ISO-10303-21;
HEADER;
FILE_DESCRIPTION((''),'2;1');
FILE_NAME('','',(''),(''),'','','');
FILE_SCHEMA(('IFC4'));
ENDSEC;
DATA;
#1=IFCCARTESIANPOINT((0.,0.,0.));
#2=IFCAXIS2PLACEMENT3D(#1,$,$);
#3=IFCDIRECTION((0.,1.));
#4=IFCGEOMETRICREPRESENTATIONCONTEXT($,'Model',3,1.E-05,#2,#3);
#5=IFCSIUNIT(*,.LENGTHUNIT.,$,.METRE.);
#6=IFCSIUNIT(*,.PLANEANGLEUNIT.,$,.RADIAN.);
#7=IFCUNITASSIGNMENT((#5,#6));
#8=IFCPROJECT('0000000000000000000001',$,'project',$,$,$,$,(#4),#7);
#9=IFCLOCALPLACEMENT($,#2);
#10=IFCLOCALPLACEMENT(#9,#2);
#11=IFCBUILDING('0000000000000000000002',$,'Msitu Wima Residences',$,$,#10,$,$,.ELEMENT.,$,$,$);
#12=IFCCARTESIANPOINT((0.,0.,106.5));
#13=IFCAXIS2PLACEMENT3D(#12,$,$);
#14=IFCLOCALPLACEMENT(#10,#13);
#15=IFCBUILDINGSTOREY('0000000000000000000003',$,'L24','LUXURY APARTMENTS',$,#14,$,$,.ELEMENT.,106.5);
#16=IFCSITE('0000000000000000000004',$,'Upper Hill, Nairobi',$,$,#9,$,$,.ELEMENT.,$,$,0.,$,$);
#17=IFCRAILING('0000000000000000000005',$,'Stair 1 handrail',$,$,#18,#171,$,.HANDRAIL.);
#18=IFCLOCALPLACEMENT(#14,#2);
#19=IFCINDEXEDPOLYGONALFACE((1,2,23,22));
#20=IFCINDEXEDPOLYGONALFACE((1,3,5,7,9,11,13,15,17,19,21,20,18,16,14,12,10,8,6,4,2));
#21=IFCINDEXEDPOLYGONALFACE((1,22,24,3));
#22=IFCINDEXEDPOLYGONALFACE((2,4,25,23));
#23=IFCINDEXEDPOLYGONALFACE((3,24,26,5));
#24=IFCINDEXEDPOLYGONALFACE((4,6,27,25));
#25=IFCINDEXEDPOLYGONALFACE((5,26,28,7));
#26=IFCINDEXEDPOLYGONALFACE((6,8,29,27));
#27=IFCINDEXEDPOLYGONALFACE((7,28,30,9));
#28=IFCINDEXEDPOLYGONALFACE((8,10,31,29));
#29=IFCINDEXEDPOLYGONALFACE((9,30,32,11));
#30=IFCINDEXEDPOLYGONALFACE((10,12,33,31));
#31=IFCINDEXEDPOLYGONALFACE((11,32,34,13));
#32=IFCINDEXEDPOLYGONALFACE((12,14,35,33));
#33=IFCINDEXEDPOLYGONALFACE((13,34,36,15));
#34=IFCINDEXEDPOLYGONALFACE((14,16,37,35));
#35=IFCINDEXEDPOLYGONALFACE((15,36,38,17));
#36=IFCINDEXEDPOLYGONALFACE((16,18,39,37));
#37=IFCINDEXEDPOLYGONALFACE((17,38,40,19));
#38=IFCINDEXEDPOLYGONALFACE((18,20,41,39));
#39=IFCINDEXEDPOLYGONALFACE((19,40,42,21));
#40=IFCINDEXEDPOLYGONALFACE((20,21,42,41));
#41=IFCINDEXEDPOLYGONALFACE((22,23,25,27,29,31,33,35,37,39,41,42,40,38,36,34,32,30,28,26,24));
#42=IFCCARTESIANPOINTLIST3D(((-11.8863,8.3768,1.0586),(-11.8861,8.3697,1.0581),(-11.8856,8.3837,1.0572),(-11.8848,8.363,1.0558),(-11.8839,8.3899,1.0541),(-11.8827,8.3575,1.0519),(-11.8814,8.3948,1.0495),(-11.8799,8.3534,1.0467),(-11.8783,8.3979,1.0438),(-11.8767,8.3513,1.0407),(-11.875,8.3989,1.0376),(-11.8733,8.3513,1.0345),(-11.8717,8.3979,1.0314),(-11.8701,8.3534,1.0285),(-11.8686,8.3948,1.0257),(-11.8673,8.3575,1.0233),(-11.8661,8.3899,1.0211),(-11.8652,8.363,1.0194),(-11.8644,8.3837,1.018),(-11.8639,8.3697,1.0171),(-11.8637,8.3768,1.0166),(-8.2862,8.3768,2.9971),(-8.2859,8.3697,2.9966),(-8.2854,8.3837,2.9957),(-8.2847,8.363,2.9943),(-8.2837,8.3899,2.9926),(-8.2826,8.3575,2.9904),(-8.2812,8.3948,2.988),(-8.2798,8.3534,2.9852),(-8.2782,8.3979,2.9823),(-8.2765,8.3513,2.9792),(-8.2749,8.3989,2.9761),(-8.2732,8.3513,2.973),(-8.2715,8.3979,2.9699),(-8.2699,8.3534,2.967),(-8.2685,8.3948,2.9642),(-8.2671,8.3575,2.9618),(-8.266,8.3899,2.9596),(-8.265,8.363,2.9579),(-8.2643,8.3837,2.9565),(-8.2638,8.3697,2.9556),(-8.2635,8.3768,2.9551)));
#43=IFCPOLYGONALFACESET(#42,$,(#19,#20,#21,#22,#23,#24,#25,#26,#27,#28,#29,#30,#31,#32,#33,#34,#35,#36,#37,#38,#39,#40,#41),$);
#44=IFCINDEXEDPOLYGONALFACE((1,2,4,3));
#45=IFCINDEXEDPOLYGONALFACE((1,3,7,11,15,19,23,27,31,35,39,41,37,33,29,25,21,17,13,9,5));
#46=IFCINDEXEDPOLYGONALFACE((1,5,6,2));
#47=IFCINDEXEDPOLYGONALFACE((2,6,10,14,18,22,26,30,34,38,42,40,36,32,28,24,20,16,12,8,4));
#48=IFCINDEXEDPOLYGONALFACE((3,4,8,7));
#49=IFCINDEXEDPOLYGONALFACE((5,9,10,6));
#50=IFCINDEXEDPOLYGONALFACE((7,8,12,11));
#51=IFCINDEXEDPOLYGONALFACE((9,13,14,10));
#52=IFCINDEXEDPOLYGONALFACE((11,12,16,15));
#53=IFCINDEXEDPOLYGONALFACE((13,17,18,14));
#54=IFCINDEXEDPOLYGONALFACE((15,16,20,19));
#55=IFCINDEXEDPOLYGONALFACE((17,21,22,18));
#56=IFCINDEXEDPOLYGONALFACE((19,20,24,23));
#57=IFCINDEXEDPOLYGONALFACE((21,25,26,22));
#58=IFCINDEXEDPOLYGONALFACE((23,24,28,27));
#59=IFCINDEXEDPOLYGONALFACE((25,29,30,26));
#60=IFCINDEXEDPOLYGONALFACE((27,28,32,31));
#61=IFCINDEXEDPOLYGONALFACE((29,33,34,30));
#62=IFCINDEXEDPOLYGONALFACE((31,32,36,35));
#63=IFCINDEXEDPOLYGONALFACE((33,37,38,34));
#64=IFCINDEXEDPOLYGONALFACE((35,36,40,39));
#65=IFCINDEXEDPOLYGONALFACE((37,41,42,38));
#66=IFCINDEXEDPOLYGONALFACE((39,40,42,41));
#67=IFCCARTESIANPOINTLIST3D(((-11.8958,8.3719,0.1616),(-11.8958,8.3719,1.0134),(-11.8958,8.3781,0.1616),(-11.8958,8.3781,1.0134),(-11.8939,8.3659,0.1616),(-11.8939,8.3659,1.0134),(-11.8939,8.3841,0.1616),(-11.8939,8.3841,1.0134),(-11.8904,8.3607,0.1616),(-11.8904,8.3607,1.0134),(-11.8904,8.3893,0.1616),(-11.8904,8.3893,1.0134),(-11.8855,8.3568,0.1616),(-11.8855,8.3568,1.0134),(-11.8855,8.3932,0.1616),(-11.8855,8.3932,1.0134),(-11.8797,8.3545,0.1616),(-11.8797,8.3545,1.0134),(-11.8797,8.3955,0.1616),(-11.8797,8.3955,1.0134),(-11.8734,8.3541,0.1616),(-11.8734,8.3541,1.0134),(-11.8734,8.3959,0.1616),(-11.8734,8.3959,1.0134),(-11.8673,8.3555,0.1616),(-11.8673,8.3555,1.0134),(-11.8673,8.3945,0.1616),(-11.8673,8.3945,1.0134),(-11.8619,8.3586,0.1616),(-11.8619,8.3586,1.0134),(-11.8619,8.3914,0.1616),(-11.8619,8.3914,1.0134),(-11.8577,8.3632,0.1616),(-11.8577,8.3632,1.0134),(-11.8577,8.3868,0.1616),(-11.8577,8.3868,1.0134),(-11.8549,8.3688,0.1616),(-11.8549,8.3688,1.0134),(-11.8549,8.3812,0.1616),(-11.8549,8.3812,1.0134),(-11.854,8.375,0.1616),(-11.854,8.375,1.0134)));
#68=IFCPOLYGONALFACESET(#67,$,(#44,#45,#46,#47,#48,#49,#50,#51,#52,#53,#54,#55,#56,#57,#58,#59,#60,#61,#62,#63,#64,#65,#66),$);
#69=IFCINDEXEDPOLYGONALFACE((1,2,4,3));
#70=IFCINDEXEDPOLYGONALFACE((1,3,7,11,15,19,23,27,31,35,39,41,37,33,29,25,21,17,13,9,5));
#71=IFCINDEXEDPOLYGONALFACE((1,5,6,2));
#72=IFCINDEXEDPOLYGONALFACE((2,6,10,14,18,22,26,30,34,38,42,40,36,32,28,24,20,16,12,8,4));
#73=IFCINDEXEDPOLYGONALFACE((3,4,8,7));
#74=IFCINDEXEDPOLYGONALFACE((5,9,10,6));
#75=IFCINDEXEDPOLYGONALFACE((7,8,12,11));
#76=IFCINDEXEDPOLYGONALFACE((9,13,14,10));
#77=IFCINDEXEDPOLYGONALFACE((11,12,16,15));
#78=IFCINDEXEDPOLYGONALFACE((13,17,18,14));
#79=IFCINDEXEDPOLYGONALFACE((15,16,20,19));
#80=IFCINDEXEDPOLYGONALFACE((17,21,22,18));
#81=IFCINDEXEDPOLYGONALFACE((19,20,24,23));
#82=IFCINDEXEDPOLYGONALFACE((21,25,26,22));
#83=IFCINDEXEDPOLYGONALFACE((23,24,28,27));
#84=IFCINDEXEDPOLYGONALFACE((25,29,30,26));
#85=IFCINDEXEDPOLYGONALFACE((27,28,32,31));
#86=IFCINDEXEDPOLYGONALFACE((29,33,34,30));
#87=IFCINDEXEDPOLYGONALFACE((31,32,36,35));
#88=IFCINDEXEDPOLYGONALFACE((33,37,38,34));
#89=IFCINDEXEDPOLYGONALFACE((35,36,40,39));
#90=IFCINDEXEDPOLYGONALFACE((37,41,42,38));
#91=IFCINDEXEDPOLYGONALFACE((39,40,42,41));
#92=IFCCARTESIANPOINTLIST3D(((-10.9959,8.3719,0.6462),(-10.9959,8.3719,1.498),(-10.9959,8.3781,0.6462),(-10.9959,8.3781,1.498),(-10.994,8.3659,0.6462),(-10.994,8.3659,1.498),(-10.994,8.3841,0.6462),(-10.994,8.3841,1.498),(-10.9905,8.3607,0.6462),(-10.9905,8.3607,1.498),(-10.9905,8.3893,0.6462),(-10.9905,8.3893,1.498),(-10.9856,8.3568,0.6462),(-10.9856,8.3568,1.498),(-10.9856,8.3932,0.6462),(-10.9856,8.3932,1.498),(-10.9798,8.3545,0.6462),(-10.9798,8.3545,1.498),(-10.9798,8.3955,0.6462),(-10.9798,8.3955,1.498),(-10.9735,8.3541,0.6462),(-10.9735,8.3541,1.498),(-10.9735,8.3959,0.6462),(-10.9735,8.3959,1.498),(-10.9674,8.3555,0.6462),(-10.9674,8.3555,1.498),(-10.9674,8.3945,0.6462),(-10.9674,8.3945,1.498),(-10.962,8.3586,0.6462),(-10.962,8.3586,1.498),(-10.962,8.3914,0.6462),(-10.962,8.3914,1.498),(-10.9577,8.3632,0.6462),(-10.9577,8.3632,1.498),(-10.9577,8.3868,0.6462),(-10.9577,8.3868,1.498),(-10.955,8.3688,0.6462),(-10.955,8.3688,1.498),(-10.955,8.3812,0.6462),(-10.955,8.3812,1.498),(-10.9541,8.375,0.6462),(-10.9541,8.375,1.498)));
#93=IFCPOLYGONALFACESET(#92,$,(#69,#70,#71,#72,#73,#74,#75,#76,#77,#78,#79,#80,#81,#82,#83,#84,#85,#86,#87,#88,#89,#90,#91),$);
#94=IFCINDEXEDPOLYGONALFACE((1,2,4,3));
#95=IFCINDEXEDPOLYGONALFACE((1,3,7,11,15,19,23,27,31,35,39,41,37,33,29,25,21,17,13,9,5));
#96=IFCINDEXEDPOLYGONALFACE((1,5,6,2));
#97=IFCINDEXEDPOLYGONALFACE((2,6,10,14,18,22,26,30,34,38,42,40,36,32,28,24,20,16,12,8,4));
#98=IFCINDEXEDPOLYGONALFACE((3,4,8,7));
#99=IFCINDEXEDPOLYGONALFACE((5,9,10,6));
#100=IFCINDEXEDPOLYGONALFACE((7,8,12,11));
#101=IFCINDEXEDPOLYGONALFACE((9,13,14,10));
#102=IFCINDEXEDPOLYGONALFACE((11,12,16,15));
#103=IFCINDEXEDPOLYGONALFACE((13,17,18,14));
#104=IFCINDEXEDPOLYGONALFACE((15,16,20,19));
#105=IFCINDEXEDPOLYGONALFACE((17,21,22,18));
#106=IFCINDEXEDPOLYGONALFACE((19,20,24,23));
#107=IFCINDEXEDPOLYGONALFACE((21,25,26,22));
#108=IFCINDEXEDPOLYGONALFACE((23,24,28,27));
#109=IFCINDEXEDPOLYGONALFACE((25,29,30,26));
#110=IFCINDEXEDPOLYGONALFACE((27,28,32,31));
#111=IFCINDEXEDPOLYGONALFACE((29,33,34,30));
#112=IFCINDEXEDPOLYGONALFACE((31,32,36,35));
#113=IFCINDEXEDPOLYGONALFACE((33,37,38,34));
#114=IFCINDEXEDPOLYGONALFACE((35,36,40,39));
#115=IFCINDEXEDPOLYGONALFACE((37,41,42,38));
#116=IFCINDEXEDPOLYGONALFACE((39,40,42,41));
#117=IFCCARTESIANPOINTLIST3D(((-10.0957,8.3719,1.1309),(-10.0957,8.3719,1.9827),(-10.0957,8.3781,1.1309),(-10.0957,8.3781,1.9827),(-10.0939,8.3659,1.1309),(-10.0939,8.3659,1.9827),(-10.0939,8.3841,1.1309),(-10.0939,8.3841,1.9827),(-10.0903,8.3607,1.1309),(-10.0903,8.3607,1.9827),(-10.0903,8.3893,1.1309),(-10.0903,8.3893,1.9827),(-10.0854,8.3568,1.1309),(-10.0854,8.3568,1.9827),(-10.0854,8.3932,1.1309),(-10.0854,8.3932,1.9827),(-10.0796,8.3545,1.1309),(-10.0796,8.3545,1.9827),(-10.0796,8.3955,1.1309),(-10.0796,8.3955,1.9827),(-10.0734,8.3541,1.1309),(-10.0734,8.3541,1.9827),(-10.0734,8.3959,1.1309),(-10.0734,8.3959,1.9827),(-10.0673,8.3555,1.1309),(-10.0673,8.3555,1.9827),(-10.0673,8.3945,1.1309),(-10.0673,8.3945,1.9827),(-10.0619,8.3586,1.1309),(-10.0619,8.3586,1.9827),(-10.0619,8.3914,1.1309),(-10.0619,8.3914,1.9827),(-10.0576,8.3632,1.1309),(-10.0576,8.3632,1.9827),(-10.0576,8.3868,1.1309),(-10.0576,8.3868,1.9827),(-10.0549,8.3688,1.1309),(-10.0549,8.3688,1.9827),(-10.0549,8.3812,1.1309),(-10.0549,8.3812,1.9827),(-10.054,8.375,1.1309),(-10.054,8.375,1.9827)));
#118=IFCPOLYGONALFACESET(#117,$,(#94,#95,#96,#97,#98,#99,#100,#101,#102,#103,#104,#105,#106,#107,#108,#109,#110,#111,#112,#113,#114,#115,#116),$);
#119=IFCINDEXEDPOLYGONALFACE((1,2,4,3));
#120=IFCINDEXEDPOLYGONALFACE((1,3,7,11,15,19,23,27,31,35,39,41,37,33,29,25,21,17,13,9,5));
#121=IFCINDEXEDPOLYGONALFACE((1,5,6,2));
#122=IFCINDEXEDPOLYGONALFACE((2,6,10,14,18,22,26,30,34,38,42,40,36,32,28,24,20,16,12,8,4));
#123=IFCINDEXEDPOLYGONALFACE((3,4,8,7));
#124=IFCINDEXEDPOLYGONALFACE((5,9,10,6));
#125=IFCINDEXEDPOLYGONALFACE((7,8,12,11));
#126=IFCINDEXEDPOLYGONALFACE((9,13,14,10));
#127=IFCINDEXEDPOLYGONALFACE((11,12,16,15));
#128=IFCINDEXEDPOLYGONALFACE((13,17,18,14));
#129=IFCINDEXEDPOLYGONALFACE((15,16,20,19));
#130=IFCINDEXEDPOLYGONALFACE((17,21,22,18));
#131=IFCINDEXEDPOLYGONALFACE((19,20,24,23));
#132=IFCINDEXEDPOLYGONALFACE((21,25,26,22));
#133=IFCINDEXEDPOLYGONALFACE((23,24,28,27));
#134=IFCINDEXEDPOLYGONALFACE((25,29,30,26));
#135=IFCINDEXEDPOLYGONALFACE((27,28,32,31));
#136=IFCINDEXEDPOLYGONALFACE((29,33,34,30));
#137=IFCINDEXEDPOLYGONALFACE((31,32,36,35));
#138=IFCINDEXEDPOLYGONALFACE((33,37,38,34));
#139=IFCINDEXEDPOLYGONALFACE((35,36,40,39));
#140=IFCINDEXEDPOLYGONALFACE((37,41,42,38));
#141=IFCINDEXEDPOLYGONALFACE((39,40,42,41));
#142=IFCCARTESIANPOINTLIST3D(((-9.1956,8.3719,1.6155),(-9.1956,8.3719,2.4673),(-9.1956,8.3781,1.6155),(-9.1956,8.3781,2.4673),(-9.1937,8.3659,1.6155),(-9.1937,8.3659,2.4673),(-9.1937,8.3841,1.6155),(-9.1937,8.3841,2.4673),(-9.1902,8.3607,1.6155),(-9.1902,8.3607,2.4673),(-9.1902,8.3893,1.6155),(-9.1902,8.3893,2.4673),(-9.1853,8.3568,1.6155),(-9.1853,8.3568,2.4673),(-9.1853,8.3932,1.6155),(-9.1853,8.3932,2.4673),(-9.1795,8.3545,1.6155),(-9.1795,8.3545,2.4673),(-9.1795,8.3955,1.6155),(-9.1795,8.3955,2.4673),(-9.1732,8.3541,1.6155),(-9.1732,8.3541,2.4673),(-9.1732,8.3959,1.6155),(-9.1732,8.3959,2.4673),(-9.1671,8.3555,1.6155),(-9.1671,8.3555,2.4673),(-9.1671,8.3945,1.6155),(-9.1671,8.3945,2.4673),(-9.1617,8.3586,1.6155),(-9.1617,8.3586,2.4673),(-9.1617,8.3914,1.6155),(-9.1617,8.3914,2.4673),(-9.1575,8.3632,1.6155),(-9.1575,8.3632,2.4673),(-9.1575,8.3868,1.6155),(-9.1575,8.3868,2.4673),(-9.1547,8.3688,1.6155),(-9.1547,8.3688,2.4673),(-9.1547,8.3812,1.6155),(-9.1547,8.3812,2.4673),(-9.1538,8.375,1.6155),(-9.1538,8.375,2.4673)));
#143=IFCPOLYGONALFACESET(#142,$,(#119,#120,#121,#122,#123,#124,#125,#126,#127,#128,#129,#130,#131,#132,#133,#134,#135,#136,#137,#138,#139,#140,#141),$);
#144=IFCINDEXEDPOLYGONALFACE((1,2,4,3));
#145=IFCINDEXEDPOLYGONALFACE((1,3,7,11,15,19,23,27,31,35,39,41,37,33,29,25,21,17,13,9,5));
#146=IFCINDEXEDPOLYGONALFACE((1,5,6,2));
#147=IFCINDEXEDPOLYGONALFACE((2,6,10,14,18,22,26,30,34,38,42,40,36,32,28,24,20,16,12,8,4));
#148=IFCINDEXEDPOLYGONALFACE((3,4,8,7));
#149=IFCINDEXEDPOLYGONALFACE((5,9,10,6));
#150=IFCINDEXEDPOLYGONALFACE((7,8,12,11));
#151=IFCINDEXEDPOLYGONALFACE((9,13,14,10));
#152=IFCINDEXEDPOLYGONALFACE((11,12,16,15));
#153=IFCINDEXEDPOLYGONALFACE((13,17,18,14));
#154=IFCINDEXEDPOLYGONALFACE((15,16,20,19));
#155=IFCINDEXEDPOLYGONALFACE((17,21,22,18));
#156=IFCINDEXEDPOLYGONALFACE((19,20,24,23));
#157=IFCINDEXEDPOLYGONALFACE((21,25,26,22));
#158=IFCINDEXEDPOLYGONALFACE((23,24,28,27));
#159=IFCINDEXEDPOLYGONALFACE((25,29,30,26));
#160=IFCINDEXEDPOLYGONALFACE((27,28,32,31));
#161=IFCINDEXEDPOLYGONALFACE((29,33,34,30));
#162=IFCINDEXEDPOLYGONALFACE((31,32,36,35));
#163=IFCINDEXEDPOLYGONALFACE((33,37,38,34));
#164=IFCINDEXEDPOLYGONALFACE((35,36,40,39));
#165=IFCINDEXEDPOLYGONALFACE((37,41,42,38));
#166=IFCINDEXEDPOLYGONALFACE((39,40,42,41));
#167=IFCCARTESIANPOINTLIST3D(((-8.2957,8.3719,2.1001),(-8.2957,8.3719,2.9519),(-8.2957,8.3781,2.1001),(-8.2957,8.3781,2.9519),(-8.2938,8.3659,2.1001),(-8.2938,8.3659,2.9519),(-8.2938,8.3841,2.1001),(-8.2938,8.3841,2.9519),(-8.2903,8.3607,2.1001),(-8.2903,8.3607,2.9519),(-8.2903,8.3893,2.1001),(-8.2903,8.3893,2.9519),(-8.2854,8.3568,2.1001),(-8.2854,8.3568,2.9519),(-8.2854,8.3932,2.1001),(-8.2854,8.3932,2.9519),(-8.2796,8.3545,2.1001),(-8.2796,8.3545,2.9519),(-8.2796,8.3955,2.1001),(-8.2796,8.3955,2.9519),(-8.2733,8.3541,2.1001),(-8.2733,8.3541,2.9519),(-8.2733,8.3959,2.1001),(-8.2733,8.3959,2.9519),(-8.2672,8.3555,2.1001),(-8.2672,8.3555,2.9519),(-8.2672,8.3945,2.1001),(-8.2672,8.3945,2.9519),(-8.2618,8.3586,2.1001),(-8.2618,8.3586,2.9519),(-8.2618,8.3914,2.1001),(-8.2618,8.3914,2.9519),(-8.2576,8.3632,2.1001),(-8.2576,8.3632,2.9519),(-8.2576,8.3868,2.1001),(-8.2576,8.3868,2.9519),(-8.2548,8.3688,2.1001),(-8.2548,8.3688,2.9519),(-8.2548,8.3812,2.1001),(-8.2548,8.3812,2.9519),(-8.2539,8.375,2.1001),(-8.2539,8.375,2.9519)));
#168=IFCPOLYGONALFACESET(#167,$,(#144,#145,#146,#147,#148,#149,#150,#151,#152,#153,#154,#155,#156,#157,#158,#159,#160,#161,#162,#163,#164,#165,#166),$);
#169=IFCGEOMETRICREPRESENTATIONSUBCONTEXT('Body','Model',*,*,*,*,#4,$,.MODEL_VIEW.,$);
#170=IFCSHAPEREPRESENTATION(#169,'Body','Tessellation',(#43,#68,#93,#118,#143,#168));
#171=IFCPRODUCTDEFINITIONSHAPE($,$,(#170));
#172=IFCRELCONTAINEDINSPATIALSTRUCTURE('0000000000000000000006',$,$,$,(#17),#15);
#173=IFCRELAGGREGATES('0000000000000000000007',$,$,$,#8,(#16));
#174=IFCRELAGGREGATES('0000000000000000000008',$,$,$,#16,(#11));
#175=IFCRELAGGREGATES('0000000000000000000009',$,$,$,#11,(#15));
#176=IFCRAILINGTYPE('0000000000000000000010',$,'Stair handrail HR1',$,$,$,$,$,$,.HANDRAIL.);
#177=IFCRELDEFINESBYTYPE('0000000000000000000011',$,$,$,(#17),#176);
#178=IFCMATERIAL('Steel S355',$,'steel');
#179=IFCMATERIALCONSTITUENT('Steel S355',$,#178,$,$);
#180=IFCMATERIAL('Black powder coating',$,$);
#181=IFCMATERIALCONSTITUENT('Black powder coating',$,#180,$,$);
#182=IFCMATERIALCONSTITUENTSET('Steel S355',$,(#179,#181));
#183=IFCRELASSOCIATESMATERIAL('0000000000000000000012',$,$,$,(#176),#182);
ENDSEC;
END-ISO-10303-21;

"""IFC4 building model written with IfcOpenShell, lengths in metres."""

from ifc_helpers import new_model, si_unit, direction, frame, origin, origin_2d, place, context, subcontext, project, spatial, circle, extrude, material, constituent, constituent_set, type_object, element, save


model = new_model("IFC4")

# Units and contexts
model_context = context("Model", 3, precision=1e-05, world=origin(), true_north=direction((0.0, 1.0)))
body_context = subcontext(model_context, "Body", "Model", "MODEL_VIEW")
ifc_project = project(units=[si_unit("LENGTHUNIT", "METRE"), si_unit("PLANEANGLEUNIT", "RADIAN")], contexts=[model_context])

# Site, building, storey
site_placement = place(None, origin())
site = spatial("IfcSite", under=ifc_project, at=site_placement, Name="Upper Hill, Nairobi", CompositionType="ELEMENT", RefElevation=0.0)
building_placement = place(site_placement, origin())
building = spatial("IfcBuilding", under=site, at=building_placement, Name="Msitu Wima Residences", CompositionType="ELEMENT")
storey_placement = place(building_placement, frame((0.0, 0.0, 106.5)))
storey = spatial("IfcBuildingStorey", under=building, at=storey_placement, Name="L24", Description="LUXURY APARTMENTS", CompositionType="ELEMENT", Elevation=106.5)

# Railing
ifc_material_1 = material(Name="Steel S355", Category="steel")
ifc_constituent_1 = constituent(ifc_material_1, Name="Steel S355")
ifc_material_2 = material(Name="Black powder coating")
ifc_constituent_2 = constituent(ifc_material_2, Name="Black powder coating")
ifc_constituent_set = constituent_set(constituents=[ifc_constituent_1, ifc_constituent_2], Name="Steel S355")
railing_type = type_object("IfcRailingType", Name="Stair handrail HR1", PredefinedType="HANDRAIL", material=ifc_constituent_set)
for number, where, name in (
    (1, (-11.875, 8.375, 0.1616), "Stair 1 handrail"),
):
    element("IfcRailing", number, at=place(storey_placement, frame(where)), inside=storey, type_object=railing_type, Name=name, PredefinedType="HANDRAIL", context=body_context, shape_type="SweptSolid", body=[
        extrude(circle(Radius=0.0239, at=origin_2d()), frame((0.0, 0.0, 0.876), z_axis=(0.880475, 0.0, 0.474093), x_axis=(0.0, 1.0, 0.0)), (0.0, 0.0, 1.0), 4.0889),
        extrude(circle(Radius=0.021, at=origin_2d()), origin(), (0.0, 0.0, 1.0), 0.8518),
        extrude(circle(Radius=0.021, at=origin_2d()), frame((0.8999, 0.0, 0.4846)), (0.0, 0.0, 1.0), 0.8518),
        extrude(circle(Radius=0.021, at=origin_2d()), frame((1.8, 0.0, 0.9692)), (0.0, 0.0, 1.0), 0.8518),
        extrude(circle(Radius=0.021, at=origin_2d()), frame((2.7002, 0.0, 1.4539)), (0.0, 0.0, 1.0), 0.8518),
        extrude(circle(Radius=0.021, at=origin_2d()), frame((3.6001, 0.0, 1.9385)), (0.0, 0.0, 1.0), 0.8518),
    ])

save(model, "model.ifc")
